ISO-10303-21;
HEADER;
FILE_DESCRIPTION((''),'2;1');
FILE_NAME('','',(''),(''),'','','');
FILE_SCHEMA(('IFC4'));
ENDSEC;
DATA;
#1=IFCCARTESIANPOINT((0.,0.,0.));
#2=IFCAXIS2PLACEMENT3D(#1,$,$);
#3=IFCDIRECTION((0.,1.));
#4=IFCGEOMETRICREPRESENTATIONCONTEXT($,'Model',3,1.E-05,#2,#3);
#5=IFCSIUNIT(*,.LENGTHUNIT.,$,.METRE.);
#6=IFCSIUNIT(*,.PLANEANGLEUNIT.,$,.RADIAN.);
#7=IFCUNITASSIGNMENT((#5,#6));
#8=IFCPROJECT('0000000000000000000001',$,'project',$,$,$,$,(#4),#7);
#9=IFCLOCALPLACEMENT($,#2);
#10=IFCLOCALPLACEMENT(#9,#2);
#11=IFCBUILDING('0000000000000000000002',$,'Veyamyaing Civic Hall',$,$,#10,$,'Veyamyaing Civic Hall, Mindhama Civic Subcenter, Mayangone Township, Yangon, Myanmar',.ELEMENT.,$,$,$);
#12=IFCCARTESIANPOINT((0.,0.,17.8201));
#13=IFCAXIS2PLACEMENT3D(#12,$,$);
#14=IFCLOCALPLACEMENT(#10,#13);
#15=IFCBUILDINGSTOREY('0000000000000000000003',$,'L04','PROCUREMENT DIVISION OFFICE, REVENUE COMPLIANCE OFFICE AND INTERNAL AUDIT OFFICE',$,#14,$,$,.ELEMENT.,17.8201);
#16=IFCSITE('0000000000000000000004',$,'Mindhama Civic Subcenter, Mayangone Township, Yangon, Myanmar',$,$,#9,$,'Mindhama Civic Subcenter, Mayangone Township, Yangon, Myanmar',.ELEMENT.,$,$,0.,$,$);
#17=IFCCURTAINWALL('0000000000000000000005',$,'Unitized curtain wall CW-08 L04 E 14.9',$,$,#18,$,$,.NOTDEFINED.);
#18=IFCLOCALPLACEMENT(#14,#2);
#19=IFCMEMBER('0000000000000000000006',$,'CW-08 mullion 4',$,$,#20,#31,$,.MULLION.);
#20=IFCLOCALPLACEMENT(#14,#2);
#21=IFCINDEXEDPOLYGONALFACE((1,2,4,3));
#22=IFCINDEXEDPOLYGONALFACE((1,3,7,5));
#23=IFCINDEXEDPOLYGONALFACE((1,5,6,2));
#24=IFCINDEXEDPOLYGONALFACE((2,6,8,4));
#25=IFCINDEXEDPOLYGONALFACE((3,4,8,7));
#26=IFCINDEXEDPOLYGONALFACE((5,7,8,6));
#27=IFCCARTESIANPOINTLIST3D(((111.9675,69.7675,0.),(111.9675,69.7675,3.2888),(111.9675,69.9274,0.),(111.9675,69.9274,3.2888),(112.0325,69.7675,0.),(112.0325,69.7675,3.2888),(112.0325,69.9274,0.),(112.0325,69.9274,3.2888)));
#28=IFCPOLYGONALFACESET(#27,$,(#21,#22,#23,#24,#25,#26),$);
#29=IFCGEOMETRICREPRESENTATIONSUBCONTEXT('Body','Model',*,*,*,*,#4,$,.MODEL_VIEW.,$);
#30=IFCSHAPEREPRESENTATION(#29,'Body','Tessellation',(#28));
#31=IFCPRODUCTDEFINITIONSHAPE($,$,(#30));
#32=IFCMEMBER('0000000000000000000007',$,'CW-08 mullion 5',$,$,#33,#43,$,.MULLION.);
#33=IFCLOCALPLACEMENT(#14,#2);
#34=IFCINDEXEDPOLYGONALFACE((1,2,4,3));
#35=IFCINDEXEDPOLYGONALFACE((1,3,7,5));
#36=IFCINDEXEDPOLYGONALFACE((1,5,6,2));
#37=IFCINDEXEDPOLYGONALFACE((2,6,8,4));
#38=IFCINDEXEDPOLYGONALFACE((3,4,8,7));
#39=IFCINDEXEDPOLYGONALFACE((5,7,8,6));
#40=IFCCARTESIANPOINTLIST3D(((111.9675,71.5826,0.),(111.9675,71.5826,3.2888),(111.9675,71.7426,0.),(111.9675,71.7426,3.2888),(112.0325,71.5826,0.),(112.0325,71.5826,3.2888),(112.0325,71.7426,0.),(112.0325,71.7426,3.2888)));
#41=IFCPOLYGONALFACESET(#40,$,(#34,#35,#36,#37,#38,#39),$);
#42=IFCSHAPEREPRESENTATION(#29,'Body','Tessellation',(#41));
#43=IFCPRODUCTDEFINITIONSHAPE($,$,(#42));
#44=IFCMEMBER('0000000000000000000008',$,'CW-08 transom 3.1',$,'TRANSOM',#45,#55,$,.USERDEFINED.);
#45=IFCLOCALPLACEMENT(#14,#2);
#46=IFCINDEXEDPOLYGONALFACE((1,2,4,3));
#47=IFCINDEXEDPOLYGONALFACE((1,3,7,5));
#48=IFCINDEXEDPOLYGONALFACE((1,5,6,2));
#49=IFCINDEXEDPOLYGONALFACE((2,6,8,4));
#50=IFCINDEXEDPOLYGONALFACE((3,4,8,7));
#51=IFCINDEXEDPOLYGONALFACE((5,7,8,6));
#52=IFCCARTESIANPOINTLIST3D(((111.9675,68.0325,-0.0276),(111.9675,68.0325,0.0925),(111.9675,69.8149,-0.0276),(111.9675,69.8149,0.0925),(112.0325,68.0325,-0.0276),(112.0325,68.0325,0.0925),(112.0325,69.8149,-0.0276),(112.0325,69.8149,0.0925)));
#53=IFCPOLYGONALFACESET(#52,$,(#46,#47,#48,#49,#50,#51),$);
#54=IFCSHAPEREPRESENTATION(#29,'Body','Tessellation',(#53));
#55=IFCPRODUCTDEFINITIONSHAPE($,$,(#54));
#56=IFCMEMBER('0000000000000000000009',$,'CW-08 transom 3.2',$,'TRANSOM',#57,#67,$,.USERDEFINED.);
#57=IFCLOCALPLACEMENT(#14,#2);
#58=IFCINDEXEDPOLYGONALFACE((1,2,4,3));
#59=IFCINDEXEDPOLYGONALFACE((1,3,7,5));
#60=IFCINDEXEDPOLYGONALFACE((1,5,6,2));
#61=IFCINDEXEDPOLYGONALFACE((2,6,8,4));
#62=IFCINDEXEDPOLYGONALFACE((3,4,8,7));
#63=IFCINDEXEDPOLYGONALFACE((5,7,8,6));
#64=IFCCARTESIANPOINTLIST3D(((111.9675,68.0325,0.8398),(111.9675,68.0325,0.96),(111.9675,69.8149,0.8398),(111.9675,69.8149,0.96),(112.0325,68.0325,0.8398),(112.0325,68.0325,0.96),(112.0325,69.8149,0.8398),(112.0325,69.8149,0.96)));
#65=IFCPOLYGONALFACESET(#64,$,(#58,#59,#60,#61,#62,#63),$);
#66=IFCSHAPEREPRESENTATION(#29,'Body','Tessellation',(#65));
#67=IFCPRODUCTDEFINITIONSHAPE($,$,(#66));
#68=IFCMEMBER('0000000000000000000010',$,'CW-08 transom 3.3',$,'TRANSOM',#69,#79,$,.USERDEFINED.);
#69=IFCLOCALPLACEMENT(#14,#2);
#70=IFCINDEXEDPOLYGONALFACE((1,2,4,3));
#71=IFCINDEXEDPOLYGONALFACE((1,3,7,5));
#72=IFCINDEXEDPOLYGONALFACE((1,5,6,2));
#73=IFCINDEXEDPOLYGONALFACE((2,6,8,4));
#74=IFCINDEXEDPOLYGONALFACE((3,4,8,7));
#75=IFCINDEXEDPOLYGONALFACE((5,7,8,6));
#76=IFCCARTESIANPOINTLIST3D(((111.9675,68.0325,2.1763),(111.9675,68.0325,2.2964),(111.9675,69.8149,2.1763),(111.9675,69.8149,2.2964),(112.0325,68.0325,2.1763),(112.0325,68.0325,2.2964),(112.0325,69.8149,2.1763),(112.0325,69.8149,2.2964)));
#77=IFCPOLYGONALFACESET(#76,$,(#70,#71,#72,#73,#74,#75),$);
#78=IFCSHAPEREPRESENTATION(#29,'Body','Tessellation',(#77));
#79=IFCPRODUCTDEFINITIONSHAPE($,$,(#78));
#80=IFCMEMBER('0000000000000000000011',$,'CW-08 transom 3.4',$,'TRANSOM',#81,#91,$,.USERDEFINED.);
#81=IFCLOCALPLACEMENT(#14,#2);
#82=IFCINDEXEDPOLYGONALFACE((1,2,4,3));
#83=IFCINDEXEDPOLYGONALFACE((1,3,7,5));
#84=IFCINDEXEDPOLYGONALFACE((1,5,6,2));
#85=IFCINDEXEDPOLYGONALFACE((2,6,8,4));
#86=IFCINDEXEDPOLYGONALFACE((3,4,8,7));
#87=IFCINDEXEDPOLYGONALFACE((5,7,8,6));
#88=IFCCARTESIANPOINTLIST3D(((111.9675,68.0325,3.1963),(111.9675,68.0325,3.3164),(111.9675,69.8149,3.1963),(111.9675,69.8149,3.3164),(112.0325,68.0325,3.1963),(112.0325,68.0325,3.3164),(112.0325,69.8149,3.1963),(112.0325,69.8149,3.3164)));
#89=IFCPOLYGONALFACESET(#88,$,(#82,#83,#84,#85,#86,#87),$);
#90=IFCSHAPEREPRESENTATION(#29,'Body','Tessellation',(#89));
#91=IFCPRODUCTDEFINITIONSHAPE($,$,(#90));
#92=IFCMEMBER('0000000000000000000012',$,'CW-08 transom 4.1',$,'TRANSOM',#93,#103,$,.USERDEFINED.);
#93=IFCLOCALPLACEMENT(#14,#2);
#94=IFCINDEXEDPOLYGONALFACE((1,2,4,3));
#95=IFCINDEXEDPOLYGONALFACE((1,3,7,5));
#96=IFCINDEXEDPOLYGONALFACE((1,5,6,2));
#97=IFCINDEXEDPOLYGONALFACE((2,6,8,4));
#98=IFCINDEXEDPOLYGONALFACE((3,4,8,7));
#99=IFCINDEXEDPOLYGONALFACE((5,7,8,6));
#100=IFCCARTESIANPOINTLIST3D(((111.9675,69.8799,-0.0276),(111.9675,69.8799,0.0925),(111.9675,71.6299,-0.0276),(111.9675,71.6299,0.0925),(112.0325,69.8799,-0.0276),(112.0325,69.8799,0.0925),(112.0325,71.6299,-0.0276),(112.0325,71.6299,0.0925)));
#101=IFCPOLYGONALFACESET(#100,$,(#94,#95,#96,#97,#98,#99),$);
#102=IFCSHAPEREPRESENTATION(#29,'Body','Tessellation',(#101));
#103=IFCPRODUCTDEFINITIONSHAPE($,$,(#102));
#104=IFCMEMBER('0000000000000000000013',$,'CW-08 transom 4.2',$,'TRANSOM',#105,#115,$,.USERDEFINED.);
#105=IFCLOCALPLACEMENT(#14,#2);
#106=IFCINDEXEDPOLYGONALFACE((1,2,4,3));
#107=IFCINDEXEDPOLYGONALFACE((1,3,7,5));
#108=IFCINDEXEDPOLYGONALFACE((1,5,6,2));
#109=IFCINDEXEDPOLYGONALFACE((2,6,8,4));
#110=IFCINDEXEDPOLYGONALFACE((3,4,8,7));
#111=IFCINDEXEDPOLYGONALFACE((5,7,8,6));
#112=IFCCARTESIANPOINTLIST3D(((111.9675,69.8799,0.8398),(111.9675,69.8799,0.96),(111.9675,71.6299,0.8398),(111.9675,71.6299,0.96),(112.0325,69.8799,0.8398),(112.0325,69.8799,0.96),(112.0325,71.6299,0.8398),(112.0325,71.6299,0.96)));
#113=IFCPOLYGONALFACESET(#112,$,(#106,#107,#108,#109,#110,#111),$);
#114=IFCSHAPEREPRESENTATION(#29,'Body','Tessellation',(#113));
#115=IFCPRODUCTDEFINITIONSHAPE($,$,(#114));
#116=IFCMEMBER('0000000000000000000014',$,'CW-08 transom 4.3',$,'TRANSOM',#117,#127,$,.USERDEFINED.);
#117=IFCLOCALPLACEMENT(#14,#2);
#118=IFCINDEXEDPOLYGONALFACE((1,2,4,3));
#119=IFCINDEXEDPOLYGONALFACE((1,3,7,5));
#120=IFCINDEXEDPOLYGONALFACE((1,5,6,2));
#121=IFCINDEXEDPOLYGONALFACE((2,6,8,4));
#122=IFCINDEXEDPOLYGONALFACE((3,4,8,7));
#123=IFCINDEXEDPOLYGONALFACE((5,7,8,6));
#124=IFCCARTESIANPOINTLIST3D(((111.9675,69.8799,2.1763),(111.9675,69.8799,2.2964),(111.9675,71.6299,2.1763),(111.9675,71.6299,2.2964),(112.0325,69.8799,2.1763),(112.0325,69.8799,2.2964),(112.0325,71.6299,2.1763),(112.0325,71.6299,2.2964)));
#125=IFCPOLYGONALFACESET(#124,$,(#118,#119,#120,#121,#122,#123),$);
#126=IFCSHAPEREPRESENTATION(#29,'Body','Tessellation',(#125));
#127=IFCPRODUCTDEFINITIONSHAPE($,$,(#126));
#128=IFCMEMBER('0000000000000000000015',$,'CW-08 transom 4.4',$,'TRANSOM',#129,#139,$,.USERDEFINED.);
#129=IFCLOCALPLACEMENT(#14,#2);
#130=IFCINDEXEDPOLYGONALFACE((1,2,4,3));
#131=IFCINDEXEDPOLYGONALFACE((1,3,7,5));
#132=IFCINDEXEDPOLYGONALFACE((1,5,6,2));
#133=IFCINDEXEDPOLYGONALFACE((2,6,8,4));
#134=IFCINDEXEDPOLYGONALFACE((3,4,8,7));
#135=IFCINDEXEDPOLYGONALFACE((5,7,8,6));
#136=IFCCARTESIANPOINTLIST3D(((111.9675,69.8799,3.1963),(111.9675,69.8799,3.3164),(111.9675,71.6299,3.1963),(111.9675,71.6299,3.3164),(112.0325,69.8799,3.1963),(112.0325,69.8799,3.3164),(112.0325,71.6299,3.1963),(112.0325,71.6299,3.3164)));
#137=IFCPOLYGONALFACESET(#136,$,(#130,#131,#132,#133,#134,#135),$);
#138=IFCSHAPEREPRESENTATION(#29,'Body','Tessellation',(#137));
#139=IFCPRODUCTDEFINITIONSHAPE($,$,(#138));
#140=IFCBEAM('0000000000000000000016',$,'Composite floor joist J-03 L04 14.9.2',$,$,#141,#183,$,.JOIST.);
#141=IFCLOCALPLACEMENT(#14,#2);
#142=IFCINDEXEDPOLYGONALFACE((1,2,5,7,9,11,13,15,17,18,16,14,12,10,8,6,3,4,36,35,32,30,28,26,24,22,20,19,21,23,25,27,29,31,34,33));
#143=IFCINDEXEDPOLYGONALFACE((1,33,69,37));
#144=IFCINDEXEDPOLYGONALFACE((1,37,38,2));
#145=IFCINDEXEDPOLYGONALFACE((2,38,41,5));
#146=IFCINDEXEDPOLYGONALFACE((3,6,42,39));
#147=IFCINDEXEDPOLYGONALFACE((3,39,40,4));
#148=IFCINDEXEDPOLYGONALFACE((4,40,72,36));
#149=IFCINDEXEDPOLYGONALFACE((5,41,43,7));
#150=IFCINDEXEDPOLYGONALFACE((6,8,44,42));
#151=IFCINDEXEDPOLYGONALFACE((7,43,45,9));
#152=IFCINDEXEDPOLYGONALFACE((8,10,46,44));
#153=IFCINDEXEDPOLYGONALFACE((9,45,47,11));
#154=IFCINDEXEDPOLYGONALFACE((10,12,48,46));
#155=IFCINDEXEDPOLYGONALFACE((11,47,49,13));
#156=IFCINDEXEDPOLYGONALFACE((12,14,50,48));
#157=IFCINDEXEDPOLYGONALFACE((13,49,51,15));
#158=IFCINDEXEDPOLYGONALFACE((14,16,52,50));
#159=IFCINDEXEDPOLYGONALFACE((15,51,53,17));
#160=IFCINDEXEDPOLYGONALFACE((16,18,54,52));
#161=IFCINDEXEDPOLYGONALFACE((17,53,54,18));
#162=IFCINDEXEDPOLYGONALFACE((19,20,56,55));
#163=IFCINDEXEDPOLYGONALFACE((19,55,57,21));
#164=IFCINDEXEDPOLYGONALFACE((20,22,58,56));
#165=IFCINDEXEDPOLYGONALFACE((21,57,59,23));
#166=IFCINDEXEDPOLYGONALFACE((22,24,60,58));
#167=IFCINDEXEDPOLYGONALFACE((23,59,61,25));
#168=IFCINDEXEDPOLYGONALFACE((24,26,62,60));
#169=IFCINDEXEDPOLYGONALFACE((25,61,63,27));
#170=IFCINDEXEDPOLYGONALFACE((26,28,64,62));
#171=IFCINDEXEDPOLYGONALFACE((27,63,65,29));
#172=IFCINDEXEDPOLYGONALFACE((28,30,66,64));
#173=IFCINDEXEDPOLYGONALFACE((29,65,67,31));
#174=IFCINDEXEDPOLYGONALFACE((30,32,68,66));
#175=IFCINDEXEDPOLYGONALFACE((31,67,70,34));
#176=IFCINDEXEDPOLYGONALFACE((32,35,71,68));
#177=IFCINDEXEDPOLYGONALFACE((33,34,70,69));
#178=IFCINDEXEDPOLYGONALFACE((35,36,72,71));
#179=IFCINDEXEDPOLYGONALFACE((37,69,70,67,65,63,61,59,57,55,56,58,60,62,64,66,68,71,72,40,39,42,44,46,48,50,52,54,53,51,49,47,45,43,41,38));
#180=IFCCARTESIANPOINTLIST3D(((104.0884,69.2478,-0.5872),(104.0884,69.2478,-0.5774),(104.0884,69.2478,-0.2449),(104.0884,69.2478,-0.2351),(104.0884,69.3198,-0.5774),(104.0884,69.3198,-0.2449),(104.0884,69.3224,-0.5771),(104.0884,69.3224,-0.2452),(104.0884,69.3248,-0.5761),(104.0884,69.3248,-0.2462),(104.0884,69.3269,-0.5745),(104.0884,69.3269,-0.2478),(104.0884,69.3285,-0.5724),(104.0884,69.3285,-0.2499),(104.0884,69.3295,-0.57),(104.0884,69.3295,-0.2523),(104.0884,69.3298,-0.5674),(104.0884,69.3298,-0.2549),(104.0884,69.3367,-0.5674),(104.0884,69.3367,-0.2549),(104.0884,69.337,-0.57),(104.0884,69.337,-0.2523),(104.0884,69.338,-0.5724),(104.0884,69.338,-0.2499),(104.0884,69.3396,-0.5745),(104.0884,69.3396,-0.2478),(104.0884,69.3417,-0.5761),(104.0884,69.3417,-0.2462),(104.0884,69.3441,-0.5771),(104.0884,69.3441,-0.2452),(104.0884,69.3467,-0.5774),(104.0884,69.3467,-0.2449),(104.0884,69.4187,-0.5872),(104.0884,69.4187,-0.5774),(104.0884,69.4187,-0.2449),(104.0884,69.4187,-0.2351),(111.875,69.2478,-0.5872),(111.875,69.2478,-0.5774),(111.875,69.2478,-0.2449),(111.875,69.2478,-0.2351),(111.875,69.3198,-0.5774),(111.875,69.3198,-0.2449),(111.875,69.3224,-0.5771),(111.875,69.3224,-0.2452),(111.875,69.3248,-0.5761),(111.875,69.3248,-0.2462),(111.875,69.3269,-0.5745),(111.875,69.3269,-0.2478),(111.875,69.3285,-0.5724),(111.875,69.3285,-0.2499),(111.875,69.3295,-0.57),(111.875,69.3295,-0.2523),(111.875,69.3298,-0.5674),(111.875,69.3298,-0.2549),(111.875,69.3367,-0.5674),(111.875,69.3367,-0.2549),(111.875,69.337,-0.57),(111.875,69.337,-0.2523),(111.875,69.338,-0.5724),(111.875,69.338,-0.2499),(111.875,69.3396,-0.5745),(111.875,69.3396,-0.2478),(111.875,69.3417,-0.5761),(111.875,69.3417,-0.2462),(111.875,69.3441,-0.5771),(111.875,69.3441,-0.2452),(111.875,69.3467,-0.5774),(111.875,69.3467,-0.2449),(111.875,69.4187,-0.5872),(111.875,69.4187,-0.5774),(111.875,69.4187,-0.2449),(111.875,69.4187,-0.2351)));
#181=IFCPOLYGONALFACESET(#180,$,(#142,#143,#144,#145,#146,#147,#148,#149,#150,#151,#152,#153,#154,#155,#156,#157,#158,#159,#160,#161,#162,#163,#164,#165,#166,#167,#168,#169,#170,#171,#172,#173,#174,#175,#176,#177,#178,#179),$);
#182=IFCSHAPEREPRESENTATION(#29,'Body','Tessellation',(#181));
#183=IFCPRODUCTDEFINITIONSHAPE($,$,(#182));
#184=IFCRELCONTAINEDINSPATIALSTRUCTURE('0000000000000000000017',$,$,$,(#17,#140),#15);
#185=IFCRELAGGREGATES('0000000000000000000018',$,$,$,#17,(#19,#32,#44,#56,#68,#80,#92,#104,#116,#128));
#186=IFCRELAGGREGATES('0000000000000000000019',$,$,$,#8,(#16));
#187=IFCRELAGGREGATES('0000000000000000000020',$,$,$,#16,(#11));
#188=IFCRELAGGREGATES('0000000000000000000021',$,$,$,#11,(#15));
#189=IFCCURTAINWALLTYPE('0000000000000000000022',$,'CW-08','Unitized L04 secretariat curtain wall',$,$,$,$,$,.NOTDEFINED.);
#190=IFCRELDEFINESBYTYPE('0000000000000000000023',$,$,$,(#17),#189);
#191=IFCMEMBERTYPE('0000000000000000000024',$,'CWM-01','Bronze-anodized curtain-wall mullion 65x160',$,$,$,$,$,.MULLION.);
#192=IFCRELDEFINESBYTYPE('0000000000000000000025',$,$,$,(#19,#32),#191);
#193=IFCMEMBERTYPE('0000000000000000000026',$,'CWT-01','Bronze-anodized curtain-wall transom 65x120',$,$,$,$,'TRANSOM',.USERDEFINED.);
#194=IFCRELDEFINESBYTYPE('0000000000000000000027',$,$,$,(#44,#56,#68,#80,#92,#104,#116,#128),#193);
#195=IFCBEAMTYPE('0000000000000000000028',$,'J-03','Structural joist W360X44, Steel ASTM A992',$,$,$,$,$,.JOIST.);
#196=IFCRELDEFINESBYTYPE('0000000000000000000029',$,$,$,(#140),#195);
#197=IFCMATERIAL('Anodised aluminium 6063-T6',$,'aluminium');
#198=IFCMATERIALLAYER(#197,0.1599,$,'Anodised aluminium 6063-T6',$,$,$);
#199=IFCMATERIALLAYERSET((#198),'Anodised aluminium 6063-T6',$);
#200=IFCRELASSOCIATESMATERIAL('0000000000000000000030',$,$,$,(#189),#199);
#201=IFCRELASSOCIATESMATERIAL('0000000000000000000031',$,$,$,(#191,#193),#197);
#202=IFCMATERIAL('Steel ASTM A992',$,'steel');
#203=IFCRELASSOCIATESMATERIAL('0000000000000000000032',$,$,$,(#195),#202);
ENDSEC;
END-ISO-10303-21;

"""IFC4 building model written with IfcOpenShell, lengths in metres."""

from ifc_helpers import new_model, si_unit, direction, frame, origin, origin_2d, place, context, subcontext, project, spatial, rectangle, i_section, extrude, material, layer, layer_set, material_profile, profile_set, type_object, element, aggregate, save


model = new_model("IFC4")

# Units and contexts
model_context = context("Model", 3, precision=1e-05, world=origin(), true_north=direction((0.0, 1.0)))
body_context = subcontext(model_context, "Body", "Model", "MODEL_VIEW")
ifc_project = project(units=[si_unit("LENGTHUNIT", "METRE"), si_unit("PLANEANGLEUNIT", "RADIAN")], contexts=[model_context])

# Site, building, storey
site_placement = place(None, origin())
site = spatial("IfcSite", under=ifc_project, at=site_placement, Name="Mindhama Civic Subcenter, Mayangone Township, Yangon, Myanmar", LongName="Mindhama Civic Subcenter, Mayangone Township, Yangon, Myanmar", CompositionType="ELEMENT", RefElevation=0.0)
building_placement = place(site_placement, origin())
building = spatial("IfcBuilding", under=site, at=building_placement, Name="Veyamyaing Civic Hall", LongName="Veyamyaing Civic Hall, Mindhama Civic Subcenter, Mayangone Township, Yangon, Myanmar", CompositionType="ELEMENT")
storey_placement = place(building_placement, frame((0.0, 0.0, 17.8201)))
storey = spatial("IfcBuildingStorey", under=building, at=storey_placement, Name="L04", Description="PROCUREMENT DIVISION OFFICE, REVENUE COMPLIANCE OFFICE AND INTERNAL AUDIT OFFICE", CompositionType="ELEMENT", Elevation=17.8201)

# Shared definitions
ifc_material_1 = material(Name="Steel ASTM A992", Category="steel")

# Curtain wall, members
ifc_material_2 = material(Name="Anodised aluminium 6063-T6", Category="aluminium")
ifc_layer_1 = layer(ifc_material_2, 0.1599, Name="Anodised aluminium 6063-T6")
ifc_layer_set_1 = layer_set([ifc_layer_1], Name="Anodised aluminium 6063-T6")
curtain_wall_type = type_object("IfcCurtainWallType", Name="CW-08", Description="Unitized L04 secretariat curtain wall", PredefinedType="NOTDEFINED", material=ifc_layer_set_1)
curtain_wall_placement = place(storey_placement, origin())
curtain_wall = element("IfcCurtainWall", 1, at=curtain_wall_placement, inside=storey, type_object=curtain_wall_type, Name="Unitized curtain wall CW-08 L04 E 14.9", PredefinedType="NOTDEFINED")
ifc_material_profile_1 = material_profile(ifc_material_2, rectangle(XDim=0.0649, YDim=0.1599, at=origin_2d()), Name="ALU-MUL-65X160")
ifc_profile_set_1 = profile_set([ifc_material_profile_1], Name="Anodised aluminium 6063-T6")
member_type_1 = type_object("IfcMemberType", Name="CWM-01", Description="Bronze-anodized curtain-wall mullion 65x160", PredefinedType="MULLION", material=ifc_profile_set_1)
member_1_placement = place(storey_placement, frame((112.0, 69.8474, 0.0), z_axis=(0.0, 0.0, 1.0), x_axis=(-1.0, 0.0, 0.0)))
member_1 = element("IfcMember", 2, at=member_1_placement, type_object=member_type_1, Name="CW-08 mullion 4", PredefinedType="MULLION", context=body_context, shape_type="SweptSolid", body=[
    extrude(rectangle(XDim=0.0649, YDim=0.1599, at=origin_2d()), origin(), (0.0, 0.0, 1.0), 3.2888),
])
member_2_placement = place(storey_placement, frame((112.0, 71.6626, 0.0), z_axis=(0.0, 0.0, 1.0), x_axis=(-1.0, 0.0, 0.0)))
member_2 = element("IfcMember", 3, at=member_2_placement, type_object=member_type_1, Name="CW-08 mullion 5", PredefinedType="MULLION", context=body_context, shape_type="SweptSolid", body=[
    extrude(rectangle(XDim=0.0649, YDim=0.1599, at=origin_2d()), origin(), (0.0, 0.0, 1.0), 3.2888),
])
ifc_material_profile_2 = material_profile(ifc_material_2, rectangle(XDim=0.0649, YDim=0.1201, at=origin_2d()), Name="ALU-TRN-65X120")
ifc_profile_set_2 = profile_set([ifc_material_profile_2], Name="Anodised aluminium 6063-T6")
member_type_2 = type_object("IfcMemberType", Name="CWT-01", Description="Bronze-anodized curtain-wall transom 65x120", ElementType="TRANSOM", PredefinedType="USERDEFINED", material=ifc_profile_set_2)
member_3_placement = place(storey_placement, frame((112.0, 68.0325, 0.0325), z_axis=(0.0, 1.0, 0.0), x_axis=(-1.0, 0.0, 0.0)))
member_3 = element("IfcMember", 4, at=member_3_placement, type_object=member_type_2, Name="CW-08 transom 3.1", ObjectType="TRANSOM", PredefinedType="USERDEFINED", context=body_context, shape_type="SweptSolid", body=[
    extrude(rectangle(XDim=0.0649, YDim=0.1201, at=origin_2d()), origin(), (0.0, 0.0, 1.0), 1.7825),
])
member_4_placement = place(storey_placement, frame((112.0, 68.0325, 0.8999), z_axis=(0.0, 1.0, 0.0), x_axis=(-1.0, 0.0, 0.0)))
member_4 = element("IfcMember", 5, at=member_4_placement, type_object=member_type_2, Name="CW-08 transom 3.2", ObjectType="TRANSOM", PredefinedType="USERDEFINED", context=body_context, shape_type="SweptSolid", body=[
    extrude(rectangle(XDim=0.0649, YDim=0.1201, at=origin_2d()), origin(), (0.0, 0.0, 1.0), 1.7825),
])
member_5_placement = place(storey_placement, frame((112.0, 68.0325, 2.2363), z_axis=(0.0, 1.0, 0.0), x_axis=(-1.0, 0.0, 0.0)))
member_5 = element("IfcMember", 6, at=member_5_placement, type_object=member_type_2, Name="CW-08 transom 3.3", ObjectType="TRANSOM", PredefinedType="USERDEFINED", context=body_context, shape_type="SweptSolid", body=[
    extrude(rectangle(XDim=0.0649, YDim=0.1201, at=origin_2d()), origin(), (0.0, 0.0, 1.0), 1.7825),
])
member_6_placement = place(storey_placement, frame((112.0, 68.0325, 3.2563), z_axis=(0.0, 1.0, 0.0), x_axis=(-1.0, 0.0, 0.0)))
member_6 = element("IfcMember", 7, at=member_6_placement, type_object=member_type_2, Name="CW-08 transom 3.4", ObjectType="TRANSOM", PredefinedType="USERDEFINED", context=body_context, shape_type="SweptSolid", body=[
    extrude(rectangle(XDim=0.0649, YDim=0.1201, at=origin_2d()), origin(), (0.0, 0.0, 1.0), 1.7825),
])
member_7_placement = place(storey_placement, frame((112.0, 69.8799, 0.0325), z_axis=(0.0, 1.0, 0.0), x_axis=(-1.0, 0.0, 0.0)))
member_7 = element("IfcMember", 8, at=member_7_placement, type_object=member_type_2, Name="CW-08 transom 4.1", ObjectType="TRANSOM", PredefinedType="USERDEFINED", context=body_context, shape_type="SweptSolid", body=[
    extrude(rectangle(XDim=0.0649, YDim=0.1201, at=origin_2d()), origin(), (0.0, 0.0, 1.0), 1.75),
])
member_8_placement = place(storey_placement, frame((112.0, 69.8799, 0.8999), z_axis=(0.0, 1.0, 0.0), x_axis=(-1.0, 0.0, 0.0)))
member_8 = element("IfcMember", 9, at=member_8_placement, type_object=member_type_2, Name="CW-08 transom 4.2", ObjectType="TRANSOM", PredefinedType="USERDEFINED", context=body_context, shape_type="SweptSolid", body=[
    extrude(rectangle(XDim=0.0649, YDim=0.1201, at=origin_2d()), origin(), (0.0, 0.0, 1.0), 1.75),
])
member_9_placement = place(storey_placement, frame((112.0, 69.8799, 2.2363), z_axis=(0.0, 1.0, 0.0), x_axis=(-1.0, 0.0, 0.0)))
member_9 = element("IfcMember", 10, at=member_9_placement, type_object=member_type_2, Name="CW-08 transom 4.3", ObjectType="TRANSOM", PredefinedType="USERDEFINED", context=body_context, shape_type="SweptSolid", body=[
    extrude(rectangle(XDim=0.0649, YDim=0.1201, at=origin_2d()), origin(), (0.0, 0.0, 1.0), 1.75),
])
member_10_placement = place(storey_placement, frame((112.0, 69.8799, 3.2563), z_axis=(0.0, 1.0, 0.0), x_axis=(-1.0, 0.0, 0.0)))
member_10 = element("IfcMember", 11, at=member_10_placement, type_object=member_type_2, Name="CW-08 transom 4.4", ObjectType="TRANSOM", PredefinedType="USERDEFINED", context=body_context, shape_type="SweptSolid", body=[
    extrude(rectangle(XDim=0.0649, YDim=0.1201, at=origin_2d()), origin(), (0.0, 0.0, 1.0), 1.75),
])

# Beam
ifc_material_profile_3 = material_profile(ifc_material_1, i_section(OverallWidth=0.1709, OverallDepth=0.3521, WebThickness=0.0068, FlangeThickness=0.0098, FilletRadius=0.01, at=origin_2d()), Name="W360X44")
ifc_profile_set_3 = profile_set([ifc_material_profile_3], Name="Steel ASTM A992")
beam_type_1 = type_object("IfcBeamType", Name="J-03", Description="Structural joist W360X44, Steel ASTM A992", PredefinedType="JOIST", material=ifc_profile_set_3)
beam_1_placement = place(storey_placement, frame((104.0884, 69.3333, -0.4111), z_axis=(1.0, 0.0, 0.0), x_axis=(0.0, 1.0, 0.0)))
element("IfcBeam", 12, at=beam_1_placement, inside=storey, type_object=beam_type_1, Name="Composite floor joist J-03 L04 14.9.2", PredefinedType="JOIST", context=body_context, shape_type="SweptSolid", body=[
    extrude(i_section(OverallWidth=0.1709, OverallDepth=0.3521, WebThickness=0.0068, FlangeThickness=0.0098, FilletRadius=0.01, at=origin_2d()), origin(), (0.0, 0.0, 1.0), 7.7866),
])

aggregate(curtain_wall, [member_1, member_2, member_3, member_4, member_5, member_6, member_7, member_8, member_9, member_10])

save(model, "model.ifc")
